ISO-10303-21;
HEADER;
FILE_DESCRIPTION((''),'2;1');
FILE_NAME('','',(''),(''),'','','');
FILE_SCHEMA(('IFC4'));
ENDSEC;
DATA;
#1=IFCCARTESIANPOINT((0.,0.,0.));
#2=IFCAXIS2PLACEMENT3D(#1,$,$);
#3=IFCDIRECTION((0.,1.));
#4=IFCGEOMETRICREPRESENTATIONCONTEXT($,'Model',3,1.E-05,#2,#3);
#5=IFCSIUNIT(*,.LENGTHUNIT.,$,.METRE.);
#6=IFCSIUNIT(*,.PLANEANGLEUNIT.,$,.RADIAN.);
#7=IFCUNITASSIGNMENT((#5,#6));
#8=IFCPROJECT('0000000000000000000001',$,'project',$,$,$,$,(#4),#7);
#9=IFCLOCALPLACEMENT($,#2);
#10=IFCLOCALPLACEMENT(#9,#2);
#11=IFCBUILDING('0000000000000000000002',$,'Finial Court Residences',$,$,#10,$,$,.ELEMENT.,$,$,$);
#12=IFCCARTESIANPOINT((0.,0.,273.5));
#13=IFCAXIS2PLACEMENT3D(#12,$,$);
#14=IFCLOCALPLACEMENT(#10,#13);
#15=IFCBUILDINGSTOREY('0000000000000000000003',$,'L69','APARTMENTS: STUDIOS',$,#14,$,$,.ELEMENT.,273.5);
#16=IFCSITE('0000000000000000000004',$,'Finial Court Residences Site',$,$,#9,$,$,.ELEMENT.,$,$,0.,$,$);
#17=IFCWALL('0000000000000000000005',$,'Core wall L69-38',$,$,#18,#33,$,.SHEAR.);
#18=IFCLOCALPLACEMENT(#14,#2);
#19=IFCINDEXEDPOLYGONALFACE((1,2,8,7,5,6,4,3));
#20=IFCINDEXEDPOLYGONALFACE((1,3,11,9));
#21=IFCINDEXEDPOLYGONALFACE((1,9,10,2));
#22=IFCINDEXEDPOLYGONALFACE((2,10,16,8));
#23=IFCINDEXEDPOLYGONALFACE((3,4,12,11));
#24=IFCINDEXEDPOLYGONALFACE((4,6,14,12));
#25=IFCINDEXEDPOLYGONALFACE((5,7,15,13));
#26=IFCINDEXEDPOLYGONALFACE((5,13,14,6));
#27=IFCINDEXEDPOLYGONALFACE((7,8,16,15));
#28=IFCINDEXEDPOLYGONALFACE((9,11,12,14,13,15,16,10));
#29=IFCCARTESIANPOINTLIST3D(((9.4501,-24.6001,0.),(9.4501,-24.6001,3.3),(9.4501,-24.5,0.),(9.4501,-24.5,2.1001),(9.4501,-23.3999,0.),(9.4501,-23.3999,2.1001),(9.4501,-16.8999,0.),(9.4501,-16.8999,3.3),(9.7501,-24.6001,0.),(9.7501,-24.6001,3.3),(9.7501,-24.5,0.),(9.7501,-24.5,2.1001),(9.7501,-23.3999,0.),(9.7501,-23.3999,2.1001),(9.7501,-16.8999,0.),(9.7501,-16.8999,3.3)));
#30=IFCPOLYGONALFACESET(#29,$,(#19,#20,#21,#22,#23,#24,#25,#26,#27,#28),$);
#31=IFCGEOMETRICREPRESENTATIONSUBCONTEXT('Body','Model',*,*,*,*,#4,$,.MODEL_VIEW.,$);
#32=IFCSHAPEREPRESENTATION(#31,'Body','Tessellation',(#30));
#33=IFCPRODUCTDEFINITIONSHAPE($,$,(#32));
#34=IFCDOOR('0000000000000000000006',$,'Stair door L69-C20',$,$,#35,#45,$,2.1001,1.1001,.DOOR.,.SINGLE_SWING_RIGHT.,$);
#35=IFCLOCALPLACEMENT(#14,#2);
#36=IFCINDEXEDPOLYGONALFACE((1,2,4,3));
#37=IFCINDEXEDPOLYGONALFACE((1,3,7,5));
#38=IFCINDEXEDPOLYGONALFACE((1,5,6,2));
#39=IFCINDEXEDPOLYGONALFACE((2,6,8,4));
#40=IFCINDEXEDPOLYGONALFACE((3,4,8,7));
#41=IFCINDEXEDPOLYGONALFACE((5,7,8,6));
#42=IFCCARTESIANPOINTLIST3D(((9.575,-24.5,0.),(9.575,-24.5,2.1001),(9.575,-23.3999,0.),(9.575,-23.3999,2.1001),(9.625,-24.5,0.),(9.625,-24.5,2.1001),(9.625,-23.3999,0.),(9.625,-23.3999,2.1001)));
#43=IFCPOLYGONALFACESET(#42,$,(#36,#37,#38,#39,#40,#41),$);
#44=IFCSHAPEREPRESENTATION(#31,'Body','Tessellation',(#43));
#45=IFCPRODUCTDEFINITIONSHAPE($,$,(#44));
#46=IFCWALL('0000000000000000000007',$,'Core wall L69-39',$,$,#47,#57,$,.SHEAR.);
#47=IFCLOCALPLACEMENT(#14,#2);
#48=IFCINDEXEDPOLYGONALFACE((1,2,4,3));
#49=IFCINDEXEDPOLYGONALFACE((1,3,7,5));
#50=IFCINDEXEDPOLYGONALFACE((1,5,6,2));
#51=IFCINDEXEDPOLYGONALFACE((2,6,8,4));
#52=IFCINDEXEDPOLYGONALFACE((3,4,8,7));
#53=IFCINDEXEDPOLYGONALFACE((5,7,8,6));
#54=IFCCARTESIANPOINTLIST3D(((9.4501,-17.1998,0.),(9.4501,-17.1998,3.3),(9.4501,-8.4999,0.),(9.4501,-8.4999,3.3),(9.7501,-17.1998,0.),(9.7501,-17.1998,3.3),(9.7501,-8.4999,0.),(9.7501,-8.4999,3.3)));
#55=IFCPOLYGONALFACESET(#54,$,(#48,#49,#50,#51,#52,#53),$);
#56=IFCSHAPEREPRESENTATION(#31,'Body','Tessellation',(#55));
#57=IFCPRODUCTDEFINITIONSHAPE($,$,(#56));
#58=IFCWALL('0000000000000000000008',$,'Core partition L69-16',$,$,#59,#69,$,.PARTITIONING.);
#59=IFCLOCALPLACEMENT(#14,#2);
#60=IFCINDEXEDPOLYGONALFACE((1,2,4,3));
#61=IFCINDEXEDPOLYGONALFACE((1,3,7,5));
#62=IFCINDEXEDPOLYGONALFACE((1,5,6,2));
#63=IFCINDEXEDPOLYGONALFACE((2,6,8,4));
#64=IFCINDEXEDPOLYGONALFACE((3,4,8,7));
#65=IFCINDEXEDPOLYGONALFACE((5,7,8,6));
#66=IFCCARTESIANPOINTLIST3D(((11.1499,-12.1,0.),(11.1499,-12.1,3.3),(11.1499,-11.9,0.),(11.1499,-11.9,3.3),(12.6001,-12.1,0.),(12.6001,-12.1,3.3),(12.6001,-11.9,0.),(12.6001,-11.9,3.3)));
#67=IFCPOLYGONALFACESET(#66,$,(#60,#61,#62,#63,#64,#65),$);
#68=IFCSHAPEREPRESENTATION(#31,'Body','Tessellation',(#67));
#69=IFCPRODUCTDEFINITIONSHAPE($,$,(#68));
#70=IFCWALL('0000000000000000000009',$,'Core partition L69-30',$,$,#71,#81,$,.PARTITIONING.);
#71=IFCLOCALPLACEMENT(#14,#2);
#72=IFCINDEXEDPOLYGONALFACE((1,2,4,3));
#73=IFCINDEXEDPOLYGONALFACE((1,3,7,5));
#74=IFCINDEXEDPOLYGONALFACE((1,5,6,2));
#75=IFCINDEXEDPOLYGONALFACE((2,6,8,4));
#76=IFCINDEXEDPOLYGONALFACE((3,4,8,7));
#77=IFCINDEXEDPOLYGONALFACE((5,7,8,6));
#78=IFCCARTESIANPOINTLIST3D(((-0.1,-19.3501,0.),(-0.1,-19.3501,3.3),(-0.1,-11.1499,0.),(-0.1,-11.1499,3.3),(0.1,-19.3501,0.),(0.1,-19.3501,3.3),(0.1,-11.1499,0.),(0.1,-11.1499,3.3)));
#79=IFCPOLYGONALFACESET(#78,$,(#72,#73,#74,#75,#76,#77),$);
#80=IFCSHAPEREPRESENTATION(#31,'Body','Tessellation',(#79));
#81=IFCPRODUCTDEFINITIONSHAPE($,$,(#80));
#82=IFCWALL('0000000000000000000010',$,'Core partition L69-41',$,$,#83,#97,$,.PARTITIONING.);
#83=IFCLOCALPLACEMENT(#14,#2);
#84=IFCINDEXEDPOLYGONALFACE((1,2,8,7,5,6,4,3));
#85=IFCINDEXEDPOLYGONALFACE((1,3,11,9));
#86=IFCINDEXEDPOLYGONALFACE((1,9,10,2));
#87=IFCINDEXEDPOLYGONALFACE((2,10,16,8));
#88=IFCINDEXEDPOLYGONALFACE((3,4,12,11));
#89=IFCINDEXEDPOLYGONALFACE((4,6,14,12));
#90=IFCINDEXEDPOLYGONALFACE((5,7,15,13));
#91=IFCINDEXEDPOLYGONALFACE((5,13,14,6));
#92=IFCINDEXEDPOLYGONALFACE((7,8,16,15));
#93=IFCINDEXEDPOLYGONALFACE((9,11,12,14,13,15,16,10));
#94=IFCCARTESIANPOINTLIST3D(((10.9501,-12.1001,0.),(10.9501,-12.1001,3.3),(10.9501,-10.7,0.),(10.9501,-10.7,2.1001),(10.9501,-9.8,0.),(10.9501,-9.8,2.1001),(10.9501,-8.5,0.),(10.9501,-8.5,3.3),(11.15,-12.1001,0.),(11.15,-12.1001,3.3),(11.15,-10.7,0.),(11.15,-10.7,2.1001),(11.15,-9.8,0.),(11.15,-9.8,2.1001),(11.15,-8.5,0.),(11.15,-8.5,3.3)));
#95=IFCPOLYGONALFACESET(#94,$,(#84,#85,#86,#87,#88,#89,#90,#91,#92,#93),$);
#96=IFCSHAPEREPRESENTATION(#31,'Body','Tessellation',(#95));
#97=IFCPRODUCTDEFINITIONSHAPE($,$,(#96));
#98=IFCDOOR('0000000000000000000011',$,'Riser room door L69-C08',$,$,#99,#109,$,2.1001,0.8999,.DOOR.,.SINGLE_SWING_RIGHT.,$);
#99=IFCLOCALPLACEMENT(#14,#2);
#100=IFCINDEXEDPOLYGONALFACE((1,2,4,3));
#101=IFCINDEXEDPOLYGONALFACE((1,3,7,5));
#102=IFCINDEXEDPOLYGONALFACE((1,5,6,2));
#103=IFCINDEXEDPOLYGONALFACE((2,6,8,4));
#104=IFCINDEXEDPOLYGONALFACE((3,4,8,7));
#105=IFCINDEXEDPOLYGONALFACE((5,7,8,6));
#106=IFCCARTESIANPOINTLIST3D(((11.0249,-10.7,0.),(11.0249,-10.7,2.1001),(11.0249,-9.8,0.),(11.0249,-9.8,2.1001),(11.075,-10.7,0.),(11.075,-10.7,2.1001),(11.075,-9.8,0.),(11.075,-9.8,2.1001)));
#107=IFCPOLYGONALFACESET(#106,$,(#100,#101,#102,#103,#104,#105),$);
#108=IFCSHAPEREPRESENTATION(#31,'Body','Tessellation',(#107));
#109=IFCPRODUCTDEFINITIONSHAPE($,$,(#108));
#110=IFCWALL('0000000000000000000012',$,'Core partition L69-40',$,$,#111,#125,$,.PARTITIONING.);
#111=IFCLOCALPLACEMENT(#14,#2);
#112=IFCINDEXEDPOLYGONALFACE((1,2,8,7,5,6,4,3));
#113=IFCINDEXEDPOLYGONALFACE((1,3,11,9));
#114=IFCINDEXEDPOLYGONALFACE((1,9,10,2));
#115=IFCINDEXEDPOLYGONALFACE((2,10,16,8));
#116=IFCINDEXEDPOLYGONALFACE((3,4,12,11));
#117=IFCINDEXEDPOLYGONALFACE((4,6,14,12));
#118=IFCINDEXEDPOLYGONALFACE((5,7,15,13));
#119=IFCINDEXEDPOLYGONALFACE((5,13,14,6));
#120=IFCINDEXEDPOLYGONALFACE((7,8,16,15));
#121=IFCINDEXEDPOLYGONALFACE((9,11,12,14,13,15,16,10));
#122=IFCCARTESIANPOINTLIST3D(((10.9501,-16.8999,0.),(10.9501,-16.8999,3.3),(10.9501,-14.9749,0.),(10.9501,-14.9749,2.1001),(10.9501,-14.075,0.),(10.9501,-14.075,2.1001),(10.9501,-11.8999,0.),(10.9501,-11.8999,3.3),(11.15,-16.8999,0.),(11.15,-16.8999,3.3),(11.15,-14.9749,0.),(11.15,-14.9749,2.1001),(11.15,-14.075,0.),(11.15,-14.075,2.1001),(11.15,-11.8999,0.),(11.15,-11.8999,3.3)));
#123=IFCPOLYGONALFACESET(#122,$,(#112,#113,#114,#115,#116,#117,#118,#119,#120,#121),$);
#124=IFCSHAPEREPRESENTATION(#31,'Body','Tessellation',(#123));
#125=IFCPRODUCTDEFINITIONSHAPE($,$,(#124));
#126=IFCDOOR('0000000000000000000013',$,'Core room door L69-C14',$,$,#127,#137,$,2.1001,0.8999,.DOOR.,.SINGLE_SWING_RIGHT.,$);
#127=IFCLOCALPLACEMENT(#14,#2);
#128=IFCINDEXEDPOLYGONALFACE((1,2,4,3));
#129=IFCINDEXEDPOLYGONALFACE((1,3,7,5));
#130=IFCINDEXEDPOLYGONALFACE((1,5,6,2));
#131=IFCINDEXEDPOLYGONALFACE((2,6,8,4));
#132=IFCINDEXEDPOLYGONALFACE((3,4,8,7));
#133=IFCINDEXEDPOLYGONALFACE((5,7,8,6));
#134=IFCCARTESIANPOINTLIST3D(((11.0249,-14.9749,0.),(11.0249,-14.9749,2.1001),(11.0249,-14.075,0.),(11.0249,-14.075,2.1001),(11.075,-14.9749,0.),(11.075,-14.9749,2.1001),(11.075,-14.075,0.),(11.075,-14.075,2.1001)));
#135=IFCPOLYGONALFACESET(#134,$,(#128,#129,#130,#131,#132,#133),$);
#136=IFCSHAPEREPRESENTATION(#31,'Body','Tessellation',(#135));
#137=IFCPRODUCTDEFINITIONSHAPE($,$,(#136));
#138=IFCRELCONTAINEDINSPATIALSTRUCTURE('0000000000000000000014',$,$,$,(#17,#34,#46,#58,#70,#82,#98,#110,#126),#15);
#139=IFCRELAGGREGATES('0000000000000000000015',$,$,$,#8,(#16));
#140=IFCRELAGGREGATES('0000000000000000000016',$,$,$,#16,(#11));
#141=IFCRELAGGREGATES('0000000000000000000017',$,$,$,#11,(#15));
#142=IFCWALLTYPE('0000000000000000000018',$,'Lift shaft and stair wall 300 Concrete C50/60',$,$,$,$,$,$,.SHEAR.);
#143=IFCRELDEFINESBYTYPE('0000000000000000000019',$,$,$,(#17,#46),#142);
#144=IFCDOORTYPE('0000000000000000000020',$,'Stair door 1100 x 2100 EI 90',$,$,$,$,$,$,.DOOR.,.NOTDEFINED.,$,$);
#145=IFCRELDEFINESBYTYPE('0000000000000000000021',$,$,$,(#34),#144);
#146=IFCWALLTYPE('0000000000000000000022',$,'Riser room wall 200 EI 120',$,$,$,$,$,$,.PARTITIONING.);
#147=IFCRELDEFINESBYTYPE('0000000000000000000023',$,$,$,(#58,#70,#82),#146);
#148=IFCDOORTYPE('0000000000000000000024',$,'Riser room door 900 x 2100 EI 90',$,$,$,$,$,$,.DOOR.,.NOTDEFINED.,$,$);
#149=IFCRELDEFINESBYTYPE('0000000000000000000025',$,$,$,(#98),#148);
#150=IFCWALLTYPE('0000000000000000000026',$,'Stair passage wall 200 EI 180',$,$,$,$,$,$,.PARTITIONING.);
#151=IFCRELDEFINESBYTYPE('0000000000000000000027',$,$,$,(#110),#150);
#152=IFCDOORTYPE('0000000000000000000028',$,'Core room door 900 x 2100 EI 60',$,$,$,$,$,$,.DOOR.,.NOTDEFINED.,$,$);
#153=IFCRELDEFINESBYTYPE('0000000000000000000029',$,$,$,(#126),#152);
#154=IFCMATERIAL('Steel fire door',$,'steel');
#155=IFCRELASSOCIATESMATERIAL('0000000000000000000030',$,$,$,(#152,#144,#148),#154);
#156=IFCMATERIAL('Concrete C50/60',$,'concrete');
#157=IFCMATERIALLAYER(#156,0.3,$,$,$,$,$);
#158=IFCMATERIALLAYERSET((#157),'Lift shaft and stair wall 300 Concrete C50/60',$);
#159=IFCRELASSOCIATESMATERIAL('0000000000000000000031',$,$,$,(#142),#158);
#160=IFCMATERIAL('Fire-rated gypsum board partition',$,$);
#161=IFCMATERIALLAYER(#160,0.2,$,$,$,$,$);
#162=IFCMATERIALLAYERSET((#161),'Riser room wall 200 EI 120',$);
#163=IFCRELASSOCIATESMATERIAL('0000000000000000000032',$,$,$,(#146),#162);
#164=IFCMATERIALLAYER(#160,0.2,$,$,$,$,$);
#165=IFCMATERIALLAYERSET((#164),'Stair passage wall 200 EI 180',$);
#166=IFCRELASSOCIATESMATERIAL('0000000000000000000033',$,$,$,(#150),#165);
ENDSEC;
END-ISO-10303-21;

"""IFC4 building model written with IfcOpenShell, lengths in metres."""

from ifc_helpers import new_model, si_unit, direction, frame, frame_2d, origin, place, context, subcontext, project, spatial, rectangle, extrude, material, layer, layer_set, type_object, element, fill, save


model = new_model("IFC4")

# Units and contexts
model_context = context("Model", 3, precision=1e-05, world=origin(), true_north=direction((0.0, 1.0)))
body_context = subcontext(model_context, "Body", "Model", "MODEL_VIEW")
ifc_project = project(units=[si_unit("LENGTHUNIT", "METRE"), si_unit("PLANEANGLEUNIT", "RADIAN")], contexts=[model_context])

# Site, building, storey
site_placement = place(None, origin())
site = spatial("IfcSite", under=ifc_project, at=site_placement, Name="Finial Court Residences Site", CompositionType="ELEMENT", RefElevation=0.0)
building_placement = place(site_placement, origin())
building = spatial("IfcBuilding", under=site, at=building_placement, Name="Finial Court Residences", CompositionType="ELEMENT")
storey_placement = place(building_placement, frame((0.0, 0.0, 273.5)))
storey = spatial("IfcBuildingStorey", under=building, at=storey_placement, Name="L69", Description="APARTMENTS: STUDIOS", CompositionType="ELEMENT", Elevation=273.5)

# Shared definitions
ifc_material_1 = material(Name="Concrete C50/60", Category="concrete")

# Shared definitions
ifc_material_2 = material(Name="Fire-rated gypsum board partition")

# Shared definitions
ifc_material_3 = material(Name="Steel fire door", Category="steel")
door_type_1 = type_object("IfcDoorType", Name="Core room door 900 x 2100 EI 60", OperationType="NOTDEFINED", PredefinedType="DOOR", material=ifc_material_3)

# Shared definitions
ifc_layer_1 = layer(ifc_material_1, 0.3)
ifc_layer_set_1 = layer_set([ifc_layer_1], Name="Lift shaft and stair wall 300 Concrete C50/60")
wall_type_1 = type_object("IfcWallType", Name="Lift shaft and stair wall 300 Concrete C50/60", PredefinedType="SHEAR", material=ifc_layer_set_1)

# Wall, opening, door
wall_1_placement = place(storey_placement, frame((9.6001, -16.8999, 0.0), z_axis=(0.0, 0.0, 1.0), x_axis=(0.0, -1.0, 0.0)))
wall_1 = element("IfcWall", 1, at=wall_1_placement, inside=storey, type_object=wall_type_1, Name="Core wall L69-38", PredefinedType="SHEAR", context=body_context, shape_type="SweptSolid", body=[
    extrude(rectangle(XDim=7.7002, YDim=0.3, at=frame_2d((3.8501, 0.0))), origin(), (0.0, 0.0, 1.0), 3.3),
])
opening_1_placement = place(wall_1_placement, frame((6.5, 0.0, 0.0)))
opening_1 = element("IfcOpeningElement", 2, at=opening_1_placement, cuts=wall_1, PredefinedType="OPENING", context=body_context, shape_type="SweptSolid", body=[
    extrude(rectangle(XDim=1.1001, YDim=2.1001, at=frame_2d((0.55, 1.05))), frame((0.0, 0.1599, 0.0), z_axis=(0.0, -1.0, 0.0), x_axis=(1.0, 0.0, 0.0)), (0.0, 0.0, 1.0), 0.3201),
])
door_type_2 = type_object("IfcDoorType", Name="Stair door 1100 x 2100 EI 90", OperationType="NOTDEFINED", PredefinedType="DOOR", material=ifc_material_3)
door_1_placement = place(opening_1_placement, origin())
door_1 = element("IfcDoor", 3, at=door_1_placement, inside=storey, type_object=door_type_2, Name="Stair door L69-C20", OperationType="SINGLE_SWING_RIGHT", OverallHeight=2.1001, OverallWidth=1.1001, PredefinedType="DOOR", context=body_context, shape_type="SweptSolid", body=[
    extrude(rectangle(XDim=1.1001, YDim=2.1001, at=frame_2d((0.55, 1.05))), frame((0.0, 0.0249, 0.0), z_axis=(0.0, -1.0, 0.0), x_axis=(1.0, 0.0, 0.0)), (0.0, 0.0, 1.0), 0.05),
])
fill(opening_1, door_1)

# Walls
wall_2_placement = place(storey_placement, frame((9.6001, -17.2, 0.0), z_axis=(0.0, 0.0, 1.0), x_axis=(0.0, 1.0, 0.0)))
element("IfcWall", 4, at=wall_2_placement, inside=storey, type_object=wall_type_1, Name="Core wall L69-39", PredefinedType="SHEAR", context=body_context, shape_type="SweptSolid", body=[
    extrude(rectangle(XDim=8.7, YDim=0.3, at=frame_2d((4.3501, 0.0))), origin(), (0.0, 0.0, 1.0), 3.3),
])
ifc_layer_2 = layer(ifc_material_2, 0.2)
ifc_layer_set_2 = layer_set([ifc_layer_2], Name="Riser room wall 200 EI 120")
wall_type_2 = type_object("IfcWallType", Name="Riser room wall 200 EI 120", PredefinedType="PARTITIONING", material=ifc_layer_set_2)
wall_3_placement = place(storey_placement, frame((11.1499, -12.0, 0.0), z_axis=(0.0, 0.0, 1.0), x_axis=(1.0, 0.0, 0.0)))
element("IfcWall", 5, at=wall_3_placement, inside=storey, type_object=wall_type_2, Name="Core partition L69-16", PredefinedType="PARTITIONING", context=body_context, shape_type="SweptSolid", body=[
    extrude(rectangle(XDim=1.4502, YDim=0.2, at=frame_2d((0.7251, 0.0))), origin(), (0.0, 0.0, 1.0), 3.3),
])
wall_4_placement = place(storey_placement, frame((0.0, -19.3501, 0.0), z_axis=(0.0, 0.0, 1.0), x_axis=(0.0, 1.0, 0.0)))
element("IfcWall", 6, at=wall_4_placement, inside=storey, type_object=wall_type_2, Name="Core partition L69-30", PredefinedType="PARTITIONING", context=body_context, shape_type="SweptSolid", body=[
    extrude(rectangle(XDim=8.2002, YDim=0.2, at=frame_2d((4.1001, 0.0))), origin(), (0.0, 0.0, 1.0), 3.3),
])

# Walls, openings, doors
wall_5_placement = place(storey_placement, frame((11.05, -8.5, 0.0), z_axis=(0.0, 0.0, 1.0), x_axis=(0.0, -1.0, 0.0)))
wall_5 = element("IfcWall", 7, at=wall_5_placement, inside=storey, type_object=wall_type_2, Name="Core partition L69-41", PredefinedType="PARTITIONING", context=body_context, shape_type="SweptSolid", body=[
    extrude(rectangle(XDim=3.6001, YDim=0.2, at=frame_2d((1.8, 0.0))), origin(), (0.0, 0.0, 1.0), 3.3),
])
opening_2_placement = place(wall_5_placement, frame((1.3, 0.0, 0.0)))
opening_2 = element("IfcOpeningElement", 8, at=opening_2_placement, cuts=wall_5, PredefinedType="OPENING", context=body_context, shape_type="SweptSolid", body=[
    extrude(rectangle(XDim=0.8999, YDim=2.1001, at=frame_2d((0.45, 1.05))), frame((0.0, 0.1099, 0.0), z_axis=(0.0, -1.0, 0.0), x_axis=(1.0, 0.0, 0.0)), (0.0, 0.0, 1.0), 0.22),
])
door_type_3 = type_object("IfcDoorType", Name="Riser room door 900 x 2100 EI 90", OperationType="NOTDEFINED", PredefinedType="DOOR", material=ifc_material_3)
door_2_placement = place(opening_2_placement, origin())
door_2 = element("IfcDoor", 9, at=door_2_placement, inside=storey, type_object=door_type_3, Name="Riser room door L69-C08", OperationType="SINGLE_SWING_RIGHT", OverallHeight=2.1001, OverallWidth=0.8999, PredefinedType="DOOR", context=body_context, shape_type="SweptSolid", body=[
    extrude(rectangle(XDim=0.8999, YDim=2.1001, at=frame_2d((0.45, 1.05))), frame((0.0, 0.0249, 0.0), z_axis=(0.0, -1.0, 0.0), x_axis=(1.0, 0.0, 0.0)), (0.0, 0.0, 1.0), 0.05),
])
fill(opening_2, door_2)
ifc_layer_3 = layer(ifc_material_2, 0.2)
ifc_layer_set_3 = layer_set([ifc_layer_3], Name="Stair passage wall 200 EI 180")
wall_type_3 = type_object("IfcWallType", Name="Stair passage wall 200 EI 180", PredefinedType="PARTITIONING", material=ifc_layer_set_3)
wall_6_placement = place(storey_placement, frame((11.05, -11.8999, 0.0), z_axis=(0.0, 0.0, 1.0), x_axis=(0.0, -1.0, 0.0)))
wall_6 = element("IfcWall", 10, at=wall_6_placement, inside=storey, type_object=wall_type_3, Name="Core partition L69-40", PredefinedType="PARTITIONING", context=body_context, shape_type="SweptSolid", body=[
    extrude(rectangle(XDim=5.0, YDim=0.2, at=frame_2d((2.5, 0.0))), origin(), (0.0, 0.0, 1.0), 3.3),
])
opening_3_placement = place(wall_6_placement, frame((2.175, 0.0, 0.0)))
opening_3 = element("IfcOpeningElement", 11, at=opening_3_placement, cuts=wall_6, PredefinedType="OPENING", context=body_context, shape_type="SweptSolid", body=[
    extrude(rectangle(XDim=0.8999, YDim=2.1001, at=frame_2d((0.45, 1.05))), frame((0.0, 0.1099, 0.0), z_axis=(0.0, -1.0, 0.0), x_axis=(1.0, 0.0, 0.0)), (0.0, 0.0, 1.0), 0.22),
])
door_3_placement = place(opening_3_placement, origin())
door_3 = element("IfcDoor", 12, at=door_3_placement, inside=storey, type_object=door_type_1, Name="Core room door L69-C14", OperationType="SINGLE_SWING_RIGHT", OverallHeight=2.1001, OverallWidth=0.8999, PredefinedType="DOOR", context=body_context, shape_type="SweptSolid", body=[
    extrude(rectangle(XDim=0.8999, YDim=2.1001, at=frame_2d((0.45, 1.05))), frame((0.0, 0.0249, 0.0), z_axis=(0.0, -1.0, 0.0), x_axis=(1.0, 0.0, 0.0)), (0.0, 0.0, 1.0), 0.05),
])
fill(opening_3, door_3)

save(model, "model.ifc")
